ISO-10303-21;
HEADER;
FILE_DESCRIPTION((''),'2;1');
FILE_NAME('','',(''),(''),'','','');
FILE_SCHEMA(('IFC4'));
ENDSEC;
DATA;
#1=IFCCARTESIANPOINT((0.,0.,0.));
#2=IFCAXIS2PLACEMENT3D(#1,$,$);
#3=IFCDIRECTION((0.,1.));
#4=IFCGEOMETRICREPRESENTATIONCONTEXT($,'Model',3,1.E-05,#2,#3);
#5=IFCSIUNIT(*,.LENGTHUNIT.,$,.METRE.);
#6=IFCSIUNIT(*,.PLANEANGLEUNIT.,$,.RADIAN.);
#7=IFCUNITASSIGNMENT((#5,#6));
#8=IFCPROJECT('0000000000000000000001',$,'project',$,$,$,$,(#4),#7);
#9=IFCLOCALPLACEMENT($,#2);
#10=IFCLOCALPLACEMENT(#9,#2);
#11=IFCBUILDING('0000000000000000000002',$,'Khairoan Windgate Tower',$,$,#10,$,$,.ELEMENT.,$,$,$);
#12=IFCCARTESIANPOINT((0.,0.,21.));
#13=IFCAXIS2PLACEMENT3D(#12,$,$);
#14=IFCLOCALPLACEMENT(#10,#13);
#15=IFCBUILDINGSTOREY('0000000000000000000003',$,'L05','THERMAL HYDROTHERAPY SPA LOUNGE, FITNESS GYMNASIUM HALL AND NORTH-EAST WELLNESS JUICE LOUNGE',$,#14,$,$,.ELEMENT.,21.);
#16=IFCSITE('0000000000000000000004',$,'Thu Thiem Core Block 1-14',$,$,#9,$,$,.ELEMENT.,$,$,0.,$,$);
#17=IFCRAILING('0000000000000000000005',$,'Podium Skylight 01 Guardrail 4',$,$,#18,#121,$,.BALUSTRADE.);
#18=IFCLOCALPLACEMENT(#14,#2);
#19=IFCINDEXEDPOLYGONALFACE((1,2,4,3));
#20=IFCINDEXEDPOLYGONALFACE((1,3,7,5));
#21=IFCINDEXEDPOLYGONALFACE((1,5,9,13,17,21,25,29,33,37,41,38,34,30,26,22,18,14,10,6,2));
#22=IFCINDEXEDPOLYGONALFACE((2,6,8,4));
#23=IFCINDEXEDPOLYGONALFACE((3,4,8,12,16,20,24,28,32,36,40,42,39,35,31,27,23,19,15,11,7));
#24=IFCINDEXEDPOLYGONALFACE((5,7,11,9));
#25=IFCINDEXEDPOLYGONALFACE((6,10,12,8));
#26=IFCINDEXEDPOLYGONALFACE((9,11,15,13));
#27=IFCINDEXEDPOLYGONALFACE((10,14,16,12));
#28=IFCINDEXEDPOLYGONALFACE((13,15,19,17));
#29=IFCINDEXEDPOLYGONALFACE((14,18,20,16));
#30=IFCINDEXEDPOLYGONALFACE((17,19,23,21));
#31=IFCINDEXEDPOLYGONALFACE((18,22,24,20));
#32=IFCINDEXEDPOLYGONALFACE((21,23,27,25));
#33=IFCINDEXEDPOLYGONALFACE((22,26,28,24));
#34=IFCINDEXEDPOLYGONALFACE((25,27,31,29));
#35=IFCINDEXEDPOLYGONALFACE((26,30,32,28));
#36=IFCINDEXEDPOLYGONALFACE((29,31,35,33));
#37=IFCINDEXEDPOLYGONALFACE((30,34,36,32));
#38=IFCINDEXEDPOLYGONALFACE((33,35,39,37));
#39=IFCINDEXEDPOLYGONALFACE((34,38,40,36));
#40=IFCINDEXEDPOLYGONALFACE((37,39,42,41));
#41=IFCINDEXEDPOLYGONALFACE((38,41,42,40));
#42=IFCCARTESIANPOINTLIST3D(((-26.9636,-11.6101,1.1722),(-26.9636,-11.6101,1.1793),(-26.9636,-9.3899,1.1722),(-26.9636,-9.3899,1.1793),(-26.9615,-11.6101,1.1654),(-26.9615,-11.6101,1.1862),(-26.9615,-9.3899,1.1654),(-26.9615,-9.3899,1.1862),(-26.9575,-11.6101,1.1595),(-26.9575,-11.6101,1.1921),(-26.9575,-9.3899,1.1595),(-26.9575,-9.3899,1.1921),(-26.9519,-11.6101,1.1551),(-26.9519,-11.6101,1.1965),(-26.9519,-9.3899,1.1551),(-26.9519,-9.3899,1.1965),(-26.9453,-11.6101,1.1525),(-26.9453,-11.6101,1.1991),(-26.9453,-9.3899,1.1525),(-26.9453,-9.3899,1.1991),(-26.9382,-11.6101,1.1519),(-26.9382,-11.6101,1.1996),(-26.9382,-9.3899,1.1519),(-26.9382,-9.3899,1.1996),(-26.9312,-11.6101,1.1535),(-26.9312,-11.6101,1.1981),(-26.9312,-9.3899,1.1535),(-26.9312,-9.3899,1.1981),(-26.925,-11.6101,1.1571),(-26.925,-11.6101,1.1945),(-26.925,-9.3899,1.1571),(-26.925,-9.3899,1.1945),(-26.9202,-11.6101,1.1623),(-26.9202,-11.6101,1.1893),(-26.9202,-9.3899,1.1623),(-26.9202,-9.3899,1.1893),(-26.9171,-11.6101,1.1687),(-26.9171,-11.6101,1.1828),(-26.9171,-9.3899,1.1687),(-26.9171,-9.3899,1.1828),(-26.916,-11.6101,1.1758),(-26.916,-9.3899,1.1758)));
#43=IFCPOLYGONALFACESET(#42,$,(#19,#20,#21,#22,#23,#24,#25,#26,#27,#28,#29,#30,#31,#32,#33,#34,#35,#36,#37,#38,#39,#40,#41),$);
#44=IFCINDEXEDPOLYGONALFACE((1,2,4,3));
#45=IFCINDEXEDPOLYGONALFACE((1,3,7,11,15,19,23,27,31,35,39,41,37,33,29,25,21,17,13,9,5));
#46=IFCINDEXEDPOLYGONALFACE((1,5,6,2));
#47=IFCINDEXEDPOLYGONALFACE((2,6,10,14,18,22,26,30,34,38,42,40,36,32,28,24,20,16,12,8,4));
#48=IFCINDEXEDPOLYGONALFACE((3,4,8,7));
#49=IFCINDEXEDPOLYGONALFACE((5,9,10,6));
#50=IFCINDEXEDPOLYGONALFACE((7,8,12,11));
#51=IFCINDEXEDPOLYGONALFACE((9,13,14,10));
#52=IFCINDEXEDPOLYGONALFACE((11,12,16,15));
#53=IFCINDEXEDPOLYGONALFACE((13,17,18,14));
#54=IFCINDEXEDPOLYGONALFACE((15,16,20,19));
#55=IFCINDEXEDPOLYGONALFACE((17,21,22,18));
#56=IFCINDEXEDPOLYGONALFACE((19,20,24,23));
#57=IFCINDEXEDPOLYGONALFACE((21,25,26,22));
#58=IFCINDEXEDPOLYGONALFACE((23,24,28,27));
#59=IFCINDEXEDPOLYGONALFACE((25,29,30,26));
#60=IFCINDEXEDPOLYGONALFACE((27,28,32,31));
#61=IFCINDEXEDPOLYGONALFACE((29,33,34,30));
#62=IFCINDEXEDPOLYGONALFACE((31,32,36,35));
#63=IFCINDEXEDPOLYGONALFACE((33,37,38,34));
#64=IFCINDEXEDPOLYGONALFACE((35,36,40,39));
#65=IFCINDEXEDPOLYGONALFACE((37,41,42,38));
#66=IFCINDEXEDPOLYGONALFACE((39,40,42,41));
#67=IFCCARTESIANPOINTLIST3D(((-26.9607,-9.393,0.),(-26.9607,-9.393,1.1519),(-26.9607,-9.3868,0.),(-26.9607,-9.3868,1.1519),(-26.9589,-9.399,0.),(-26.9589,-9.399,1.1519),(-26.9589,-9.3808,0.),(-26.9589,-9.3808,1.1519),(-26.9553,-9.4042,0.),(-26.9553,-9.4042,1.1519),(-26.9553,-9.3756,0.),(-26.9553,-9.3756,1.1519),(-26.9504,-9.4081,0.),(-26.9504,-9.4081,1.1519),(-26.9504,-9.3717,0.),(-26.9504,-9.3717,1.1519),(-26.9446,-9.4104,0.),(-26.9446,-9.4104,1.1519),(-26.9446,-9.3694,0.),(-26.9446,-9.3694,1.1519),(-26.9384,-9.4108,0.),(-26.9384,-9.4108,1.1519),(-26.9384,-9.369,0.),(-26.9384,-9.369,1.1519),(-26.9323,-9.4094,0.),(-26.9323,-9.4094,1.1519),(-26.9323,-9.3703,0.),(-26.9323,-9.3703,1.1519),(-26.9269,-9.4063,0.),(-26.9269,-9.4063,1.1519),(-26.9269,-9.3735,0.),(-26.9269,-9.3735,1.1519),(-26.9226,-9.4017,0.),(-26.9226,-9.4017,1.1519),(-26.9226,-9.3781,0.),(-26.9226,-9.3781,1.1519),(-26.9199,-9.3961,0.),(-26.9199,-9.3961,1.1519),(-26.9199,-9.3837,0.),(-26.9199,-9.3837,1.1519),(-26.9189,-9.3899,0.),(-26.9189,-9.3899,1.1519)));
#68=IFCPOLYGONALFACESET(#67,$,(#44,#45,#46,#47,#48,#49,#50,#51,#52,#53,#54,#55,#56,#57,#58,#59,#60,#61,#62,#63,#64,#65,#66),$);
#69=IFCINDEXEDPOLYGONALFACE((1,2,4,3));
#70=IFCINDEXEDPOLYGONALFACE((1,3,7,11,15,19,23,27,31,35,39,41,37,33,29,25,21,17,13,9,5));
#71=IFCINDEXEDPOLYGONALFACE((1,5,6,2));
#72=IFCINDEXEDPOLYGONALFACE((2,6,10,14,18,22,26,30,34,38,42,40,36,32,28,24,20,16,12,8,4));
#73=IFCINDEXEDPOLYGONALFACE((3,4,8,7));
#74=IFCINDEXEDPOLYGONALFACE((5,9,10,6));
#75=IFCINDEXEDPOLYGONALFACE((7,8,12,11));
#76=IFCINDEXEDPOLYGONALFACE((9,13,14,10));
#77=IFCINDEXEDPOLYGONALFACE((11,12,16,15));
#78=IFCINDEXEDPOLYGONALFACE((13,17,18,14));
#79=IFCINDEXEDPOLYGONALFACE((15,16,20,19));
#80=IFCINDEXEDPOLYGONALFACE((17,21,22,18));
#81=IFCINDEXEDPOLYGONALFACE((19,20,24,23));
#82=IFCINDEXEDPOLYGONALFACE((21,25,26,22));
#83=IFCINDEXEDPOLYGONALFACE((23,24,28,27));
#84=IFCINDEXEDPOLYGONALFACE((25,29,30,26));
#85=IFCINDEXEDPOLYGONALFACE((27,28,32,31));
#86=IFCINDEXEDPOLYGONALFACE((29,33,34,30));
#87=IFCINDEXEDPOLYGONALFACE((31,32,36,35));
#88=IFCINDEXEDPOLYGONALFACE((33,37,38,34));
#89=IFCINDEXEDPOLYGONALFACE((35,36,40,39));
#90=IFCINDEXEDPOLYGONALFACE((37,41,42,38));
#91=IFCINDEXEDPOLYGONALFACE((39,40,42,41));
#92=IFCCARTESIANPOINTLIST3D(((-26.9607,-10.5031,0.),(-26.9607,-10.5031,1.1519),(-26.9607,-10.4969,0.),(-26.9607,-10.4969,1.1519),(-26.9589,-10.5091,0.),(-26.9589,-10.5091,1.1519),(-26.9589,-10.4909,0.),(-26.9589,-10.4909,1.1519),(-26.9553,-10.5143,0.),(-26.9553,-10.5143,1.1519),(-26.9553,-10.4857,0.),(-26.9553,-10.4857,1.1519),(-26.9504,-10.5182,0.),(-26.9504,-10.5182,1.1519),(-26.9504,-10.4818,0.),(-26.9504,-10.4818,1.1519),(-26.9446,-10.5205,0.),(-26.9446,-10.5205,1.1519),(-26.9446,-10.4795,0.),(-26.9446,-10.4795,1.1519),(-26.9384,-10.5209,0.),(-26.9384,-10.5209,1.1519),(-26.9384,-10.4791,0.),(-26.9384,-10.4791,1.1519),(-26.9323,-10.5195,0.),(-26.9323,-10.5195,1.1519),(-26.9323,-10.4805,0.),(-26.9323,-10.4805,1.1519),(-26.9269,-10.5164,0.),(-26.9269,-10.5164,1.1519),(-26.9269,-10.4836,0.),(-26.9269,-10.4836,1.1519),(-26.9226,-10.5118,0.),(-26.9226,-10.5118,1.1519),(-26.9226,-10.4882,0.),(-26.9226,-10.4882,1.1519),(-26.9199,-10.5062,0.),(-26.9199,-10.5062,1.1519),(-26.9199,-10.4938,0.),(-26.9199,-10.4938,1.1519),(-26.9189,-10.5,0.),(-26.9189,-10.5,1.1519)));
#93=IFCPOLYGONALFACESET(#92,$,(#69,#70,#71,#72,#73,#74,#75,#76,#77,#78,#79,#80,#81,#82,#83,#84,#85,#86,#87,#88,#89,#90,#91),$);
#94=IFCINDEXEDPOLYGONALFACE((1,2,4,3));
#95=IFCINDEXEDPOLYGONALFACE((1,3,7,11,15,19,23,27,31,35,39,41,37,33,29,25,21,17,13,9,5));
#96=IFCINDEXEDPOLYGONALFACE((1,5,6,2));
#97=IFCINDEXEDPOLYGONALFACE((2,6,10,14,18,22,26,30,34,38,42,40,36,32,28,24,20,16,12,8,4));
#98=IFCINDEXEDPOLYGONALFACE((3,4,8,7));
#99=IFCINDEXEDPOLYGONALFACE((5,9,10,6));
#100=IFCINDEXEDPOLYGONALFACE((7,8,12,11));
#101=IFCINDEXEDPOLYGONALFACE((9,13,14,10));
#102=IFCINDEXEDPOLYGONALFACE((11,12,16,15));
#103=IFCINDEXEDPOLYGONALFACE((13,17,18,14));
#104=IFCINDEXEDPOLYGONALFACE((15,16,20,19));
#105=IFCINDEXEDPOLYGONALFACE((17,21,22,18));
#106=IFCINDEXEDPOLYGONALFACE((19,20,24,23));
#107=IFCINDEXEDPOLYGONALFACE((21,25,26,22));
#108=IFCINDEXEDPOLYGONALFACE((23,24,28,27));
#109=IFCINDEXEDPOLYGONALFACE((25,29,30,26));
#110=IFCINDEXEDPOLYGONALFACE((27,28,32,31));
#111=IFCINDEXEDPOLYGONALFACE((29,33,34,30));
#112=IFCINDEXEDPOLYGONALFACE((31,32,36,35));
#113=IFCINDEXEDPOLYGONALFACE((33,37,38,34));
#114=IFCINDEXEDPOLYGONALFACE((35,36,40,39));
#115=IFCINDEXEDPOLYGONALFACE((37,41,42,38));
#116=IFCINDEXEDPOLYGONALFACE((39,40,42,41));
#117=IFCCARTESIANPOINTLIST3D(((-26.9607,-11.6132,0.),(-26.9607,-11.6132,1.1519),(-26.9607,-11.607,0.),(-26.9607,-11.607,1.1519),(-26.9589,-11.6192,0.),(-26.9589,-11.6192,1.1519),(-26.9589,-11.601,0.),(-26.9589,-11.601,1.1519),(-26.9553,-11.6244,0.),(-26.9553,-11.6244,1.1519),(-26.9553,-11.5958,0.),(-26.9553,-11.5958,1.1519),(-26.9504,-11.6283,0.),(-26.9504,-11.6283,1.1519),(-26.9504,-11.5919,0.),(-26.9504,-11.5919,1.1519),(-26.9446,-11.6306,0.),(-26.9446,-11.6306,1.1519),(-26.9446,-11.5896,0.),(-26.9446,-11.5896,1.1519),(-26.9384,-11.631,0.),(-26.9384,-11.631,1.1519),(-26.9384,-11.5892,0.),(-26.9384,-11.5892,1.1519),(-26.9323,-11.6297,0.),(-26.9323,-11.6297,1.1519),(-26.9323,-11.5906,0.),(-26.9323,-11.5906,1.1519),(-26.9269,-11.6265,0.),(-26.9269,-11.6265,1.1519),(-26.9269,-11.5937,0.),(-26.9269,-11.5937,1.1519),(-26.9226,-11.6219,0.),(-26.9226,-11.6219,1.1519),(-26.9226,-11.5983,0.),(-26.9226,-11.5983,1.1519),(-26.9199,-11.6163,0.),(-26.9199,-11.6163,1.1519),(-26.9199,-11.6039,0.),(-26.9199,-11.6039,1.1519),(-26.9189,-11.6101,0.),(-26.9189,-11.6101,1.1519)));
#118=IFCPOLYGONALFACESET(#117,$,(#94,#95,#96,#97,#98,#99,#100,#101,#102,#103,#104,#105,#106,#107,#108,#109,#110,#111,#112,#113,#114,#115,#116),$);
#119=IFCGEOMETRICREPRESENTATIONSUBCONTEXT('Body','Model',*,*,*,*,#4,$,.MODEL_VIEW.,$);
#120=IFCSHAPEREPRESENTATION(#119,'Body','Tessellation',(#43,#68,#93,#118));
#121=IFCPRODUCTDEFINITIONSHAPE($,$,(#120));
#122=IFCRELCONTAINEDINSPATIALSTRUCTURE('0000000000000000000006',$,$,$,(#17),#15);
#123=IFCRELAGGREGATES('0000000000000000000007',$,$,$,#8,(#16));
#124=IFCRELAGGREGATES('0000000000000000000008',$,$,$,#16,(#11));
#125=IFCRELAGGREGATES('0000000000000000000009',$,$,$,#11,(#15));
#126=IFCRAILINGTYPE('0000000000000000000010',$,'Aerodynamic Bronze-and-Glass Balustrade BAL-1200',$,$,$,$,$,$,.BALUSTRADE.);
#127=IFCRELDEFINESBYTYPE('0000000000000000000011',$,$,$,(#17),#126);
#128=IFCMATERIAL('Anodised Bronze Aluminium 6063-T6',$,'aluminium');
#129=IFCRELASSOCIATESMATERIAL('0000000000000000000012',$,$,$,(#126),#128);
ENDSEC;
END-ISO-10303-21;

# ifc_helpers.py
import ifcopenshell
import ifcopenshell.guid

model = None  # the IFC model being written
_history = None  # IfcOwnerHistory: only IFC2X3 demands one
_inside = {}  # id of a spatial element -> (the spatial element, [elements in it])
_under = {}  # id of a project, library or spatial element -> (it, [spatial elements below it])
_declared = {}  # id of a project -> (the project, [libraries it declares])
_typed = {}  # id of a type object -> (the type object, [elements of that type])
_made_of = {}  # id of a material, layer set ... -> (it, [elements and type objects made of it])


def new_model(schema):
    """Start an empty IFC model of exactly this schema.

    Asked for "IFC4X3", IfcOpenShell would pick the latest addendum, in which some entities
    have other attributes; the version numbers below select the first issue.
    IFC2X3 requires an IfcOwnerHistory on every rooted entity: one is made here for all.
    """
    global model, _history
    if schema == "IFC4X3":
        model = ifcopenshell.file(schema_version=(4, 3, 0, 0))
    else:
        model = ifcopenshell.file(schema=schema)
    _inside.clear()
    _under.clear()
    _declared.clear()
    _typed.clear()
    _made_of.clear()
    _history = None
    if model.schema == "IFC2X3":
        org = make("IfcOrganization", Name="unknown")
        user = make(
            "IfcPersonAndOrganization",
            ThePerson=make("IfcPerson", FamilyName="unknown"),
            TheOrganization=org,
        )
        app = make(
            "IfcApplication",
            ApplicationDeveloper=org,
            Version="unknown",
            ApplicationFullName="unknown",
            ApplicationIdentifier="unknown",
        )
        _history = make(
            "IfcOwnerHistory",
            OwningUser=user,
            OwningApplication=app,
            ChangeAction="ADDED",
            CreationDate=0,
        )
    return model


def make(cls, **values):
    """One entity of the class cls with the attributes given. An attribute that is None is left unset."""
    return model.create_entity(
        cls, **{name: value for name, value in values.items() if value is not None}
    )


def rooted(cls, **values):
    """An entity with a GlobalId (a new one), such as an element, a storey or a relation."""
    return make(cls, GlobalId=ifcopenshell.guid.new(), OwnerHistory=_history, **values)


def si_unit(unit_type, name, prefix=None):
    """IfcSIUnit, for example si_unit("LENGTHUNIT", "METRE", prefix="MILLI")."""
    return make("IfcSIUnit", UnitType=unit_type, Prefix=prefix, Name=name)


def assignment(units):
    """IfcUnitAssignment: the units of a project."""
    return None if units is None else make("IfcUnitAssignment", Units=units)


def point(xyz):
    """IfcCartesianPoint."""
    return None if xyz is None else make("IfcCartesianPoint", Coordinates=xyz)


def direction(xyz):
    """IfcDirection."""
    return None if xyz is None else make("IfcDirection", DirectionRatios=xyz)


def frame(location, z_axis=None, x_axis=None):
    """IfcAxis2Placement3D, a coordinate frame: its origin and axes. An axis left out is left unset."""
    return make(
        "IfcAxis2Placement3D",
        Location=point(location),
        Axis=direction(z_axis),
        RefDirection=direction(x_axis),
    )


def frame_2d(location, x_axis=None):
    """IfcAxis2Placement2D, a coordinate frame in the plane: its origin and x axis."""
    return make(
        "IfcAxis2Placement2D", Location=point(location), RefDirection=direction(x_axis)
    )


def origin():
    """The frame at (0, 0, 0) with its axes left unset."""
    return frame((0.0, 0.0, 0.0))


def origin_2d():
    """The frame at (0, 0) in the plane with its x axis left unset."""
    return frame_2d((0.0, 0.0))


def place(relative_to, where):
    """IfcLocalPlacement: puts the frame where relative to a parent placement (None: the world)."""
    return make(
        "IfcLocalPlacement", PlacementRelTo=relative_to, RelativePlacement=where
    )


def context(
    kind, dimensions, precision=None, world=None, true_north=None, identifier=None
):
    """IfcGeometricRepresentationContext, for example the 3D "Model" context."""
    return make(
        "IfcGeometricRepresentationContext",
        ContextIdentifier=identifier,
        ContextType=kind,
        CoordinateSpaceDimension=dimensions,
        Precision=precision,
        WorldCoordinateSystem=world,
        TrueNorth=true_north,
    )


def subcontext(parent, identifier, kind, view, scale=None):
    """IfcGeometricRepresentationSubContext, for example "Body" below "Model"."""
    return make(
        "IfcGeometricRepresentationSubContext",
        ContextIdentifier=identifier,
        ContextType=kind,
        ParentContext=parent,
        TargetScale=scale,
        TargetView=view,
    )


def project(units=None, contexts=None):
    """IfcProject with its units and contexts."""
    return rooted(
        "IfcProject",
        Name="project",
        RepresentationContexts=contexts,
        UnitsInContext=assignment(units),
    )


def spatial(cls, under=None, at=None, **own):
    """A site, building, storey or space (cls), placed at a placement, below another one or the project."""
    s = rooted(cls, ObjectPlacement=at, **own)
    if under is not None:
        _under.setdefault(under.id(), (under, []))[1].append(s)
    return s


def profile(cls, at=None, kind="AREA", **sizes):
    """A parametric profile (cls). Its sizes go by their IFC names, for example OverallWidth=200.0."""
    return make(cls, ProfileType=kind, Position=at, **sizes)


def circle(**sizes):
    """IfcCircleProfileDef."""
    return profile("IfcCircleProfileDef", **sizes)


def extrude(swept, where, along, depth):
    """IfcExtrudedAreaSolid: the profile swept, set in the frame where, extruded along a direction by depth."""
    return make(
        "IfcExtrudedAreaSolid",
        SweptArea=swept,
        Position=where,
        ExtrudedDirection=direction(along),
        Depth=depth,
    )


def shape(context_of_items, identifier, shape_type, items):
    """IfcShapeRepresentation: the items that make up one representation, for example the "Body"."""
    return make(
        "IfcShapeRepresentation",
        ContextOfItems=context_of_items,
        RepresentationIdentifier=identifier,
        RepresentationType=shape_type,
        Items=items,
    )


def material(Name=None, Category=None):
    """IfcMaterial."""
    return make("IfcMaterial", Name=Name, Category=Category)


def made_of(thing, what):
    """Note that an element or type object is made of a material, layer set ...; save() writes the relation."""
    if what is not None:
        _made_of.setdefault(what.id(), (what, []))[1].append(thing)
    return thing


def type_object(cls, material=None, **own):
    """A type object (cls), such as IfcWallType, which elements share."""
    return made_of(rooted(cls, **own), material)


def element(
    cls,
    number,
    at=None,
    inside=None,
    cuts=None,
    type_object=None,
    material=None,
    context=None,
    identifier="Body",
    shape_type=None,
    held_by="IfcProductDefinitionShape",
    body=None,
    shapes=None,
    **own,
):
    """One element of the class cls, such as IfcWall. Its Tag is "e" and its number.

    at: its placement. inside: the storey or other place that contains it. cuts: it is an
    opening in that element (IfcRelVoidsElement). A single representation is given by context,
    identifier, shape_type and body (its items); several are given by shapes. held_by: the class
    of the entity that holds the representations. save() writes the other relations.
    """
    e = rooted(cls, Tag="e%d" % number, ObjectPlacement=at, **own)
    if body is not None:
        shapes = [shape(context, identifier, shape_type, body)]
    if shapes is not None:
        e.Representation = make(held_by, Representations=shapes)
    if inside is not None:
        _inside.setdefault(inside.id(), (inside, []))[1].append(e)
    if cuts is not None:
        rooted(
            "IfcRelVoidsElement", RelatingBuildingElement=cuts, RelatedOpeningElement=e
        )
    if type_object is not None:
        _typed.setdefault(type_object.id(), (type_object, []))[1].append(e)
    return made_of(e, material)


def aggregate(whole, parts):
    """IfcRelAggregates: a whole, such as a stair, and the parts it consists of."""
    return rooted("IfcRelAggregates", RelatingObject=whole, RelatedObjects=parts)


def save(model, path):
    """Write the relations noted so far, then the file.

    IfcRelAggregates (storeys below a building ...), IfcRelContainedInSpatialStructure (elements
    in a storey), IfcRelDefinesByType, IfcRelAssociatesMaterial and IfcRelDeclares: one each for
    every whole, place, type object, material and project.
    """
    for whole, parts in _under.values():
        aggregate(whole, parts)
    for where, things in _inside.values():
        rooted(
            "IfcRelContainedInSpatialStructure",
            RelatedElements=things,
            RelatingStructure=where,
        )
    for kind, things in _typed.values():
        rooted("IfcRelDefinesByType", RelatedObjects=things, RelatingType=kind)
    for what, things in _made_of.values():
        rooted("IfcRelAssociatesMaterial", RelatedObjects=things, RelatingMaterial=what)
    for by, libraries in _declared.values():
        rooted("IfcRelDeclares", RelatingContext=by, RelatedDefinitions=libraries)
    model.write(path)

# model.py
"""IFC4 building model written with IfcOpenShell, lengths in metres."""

from ifc_helpers import new_model, si_unit, direction, frame, origin, origin_2d, place, context, subcontext, project, spatial, circle, extrude, material, type_object, element, save


model = new_model("IFC4")

# Units and contexts
model_context = context("Model", 3, precision=1e-05, world=origin(), true_north=direction((0.0, 1.0)))
body_context = subcontext(model_context, "Body", "Model", "MODEL_VIEW")
ifc_project = project(units=[si_unit("LENGTHUNIT", "METRE"), si_unit("PLANEANGLEUNIT", "RADIAN")], contexts=[model_context])

# Site, building, storey
site_placement = place(None, origin())
site = spatial("IfcSite", under=ifc_project, at=site_placement, Name="Thu Thiem Core Block 1-14", CompositionType="ELEMENT", RefElevation=0.0)
building_placement = place(site_placement, origin())
building = spatial("IfcBuilding", under=site, at=building_placement, Name="Khairoan Windgate Tower", CompositionType="ELEMENT")
storey_placement = place(building_placement, frame((0.0, 0.0, 21.0)))
storey = spatial("IfcBuildingStorey", under=building, at=storey_placement, Name="L05", Description="THERMAL HYDROTHERAPY SPA LOUNGE, FITNESS GYMNASIUM HALL AND NORTH-EAST WELLNESS JUICE LOUNGE", CompositionType="ELEMENT", Elevation=21.0)

# Railing
ifc_material_1 = material(Name="Anodised Bronze Aluminium 6063-T6", Category="aluminium")
railing_type_1 = type_object("IfcRailingType", Name="Aerodynamic Bronze-and-Glass Balustrade BAL-1200", PredefinedType="BALUSTRADE", material=ifc_material_1)
railing_1_placement = place(storey_placement, frame((-26.9399, -9.3899, 0.0)))
element("IfcRailing", 1, at=railing_1_placement, inside=storey, type_object=railing_type_1, Name="Podium Skylight 01 Guardrail 4", PredefinedType="BALUSTRADE", context=body_context, shape_type="SweptSolid", body=[
    extrude(circle(Radius=0.0239, at=origin_2d()), frame((0.0, 0.0, 1.1758), z_axis=(0.0, -1.0, 0.0), x_axis=(1.0, 0.0, 0.0)), (0.0, 0.0, 1.0), 2.2202),
    extrude(circle(Radius=0.021, at=origin_2d()), origin(), (0.0, 0.0, 1.0), 1.1519),
    extrude(circle(Radius=0.021, at=origin_2d()), frame((0.0, -1.1101, 0.0)), (0.0, 0.0, 1.0), 1.1519),
    extrude(circle(Radius=0.021, at=origin_2d()), frame((0.0, -2.2202, 0.0)), (0.0, 0.0, 1.0), 1.1519),
])

save(model, "model.ifc")
